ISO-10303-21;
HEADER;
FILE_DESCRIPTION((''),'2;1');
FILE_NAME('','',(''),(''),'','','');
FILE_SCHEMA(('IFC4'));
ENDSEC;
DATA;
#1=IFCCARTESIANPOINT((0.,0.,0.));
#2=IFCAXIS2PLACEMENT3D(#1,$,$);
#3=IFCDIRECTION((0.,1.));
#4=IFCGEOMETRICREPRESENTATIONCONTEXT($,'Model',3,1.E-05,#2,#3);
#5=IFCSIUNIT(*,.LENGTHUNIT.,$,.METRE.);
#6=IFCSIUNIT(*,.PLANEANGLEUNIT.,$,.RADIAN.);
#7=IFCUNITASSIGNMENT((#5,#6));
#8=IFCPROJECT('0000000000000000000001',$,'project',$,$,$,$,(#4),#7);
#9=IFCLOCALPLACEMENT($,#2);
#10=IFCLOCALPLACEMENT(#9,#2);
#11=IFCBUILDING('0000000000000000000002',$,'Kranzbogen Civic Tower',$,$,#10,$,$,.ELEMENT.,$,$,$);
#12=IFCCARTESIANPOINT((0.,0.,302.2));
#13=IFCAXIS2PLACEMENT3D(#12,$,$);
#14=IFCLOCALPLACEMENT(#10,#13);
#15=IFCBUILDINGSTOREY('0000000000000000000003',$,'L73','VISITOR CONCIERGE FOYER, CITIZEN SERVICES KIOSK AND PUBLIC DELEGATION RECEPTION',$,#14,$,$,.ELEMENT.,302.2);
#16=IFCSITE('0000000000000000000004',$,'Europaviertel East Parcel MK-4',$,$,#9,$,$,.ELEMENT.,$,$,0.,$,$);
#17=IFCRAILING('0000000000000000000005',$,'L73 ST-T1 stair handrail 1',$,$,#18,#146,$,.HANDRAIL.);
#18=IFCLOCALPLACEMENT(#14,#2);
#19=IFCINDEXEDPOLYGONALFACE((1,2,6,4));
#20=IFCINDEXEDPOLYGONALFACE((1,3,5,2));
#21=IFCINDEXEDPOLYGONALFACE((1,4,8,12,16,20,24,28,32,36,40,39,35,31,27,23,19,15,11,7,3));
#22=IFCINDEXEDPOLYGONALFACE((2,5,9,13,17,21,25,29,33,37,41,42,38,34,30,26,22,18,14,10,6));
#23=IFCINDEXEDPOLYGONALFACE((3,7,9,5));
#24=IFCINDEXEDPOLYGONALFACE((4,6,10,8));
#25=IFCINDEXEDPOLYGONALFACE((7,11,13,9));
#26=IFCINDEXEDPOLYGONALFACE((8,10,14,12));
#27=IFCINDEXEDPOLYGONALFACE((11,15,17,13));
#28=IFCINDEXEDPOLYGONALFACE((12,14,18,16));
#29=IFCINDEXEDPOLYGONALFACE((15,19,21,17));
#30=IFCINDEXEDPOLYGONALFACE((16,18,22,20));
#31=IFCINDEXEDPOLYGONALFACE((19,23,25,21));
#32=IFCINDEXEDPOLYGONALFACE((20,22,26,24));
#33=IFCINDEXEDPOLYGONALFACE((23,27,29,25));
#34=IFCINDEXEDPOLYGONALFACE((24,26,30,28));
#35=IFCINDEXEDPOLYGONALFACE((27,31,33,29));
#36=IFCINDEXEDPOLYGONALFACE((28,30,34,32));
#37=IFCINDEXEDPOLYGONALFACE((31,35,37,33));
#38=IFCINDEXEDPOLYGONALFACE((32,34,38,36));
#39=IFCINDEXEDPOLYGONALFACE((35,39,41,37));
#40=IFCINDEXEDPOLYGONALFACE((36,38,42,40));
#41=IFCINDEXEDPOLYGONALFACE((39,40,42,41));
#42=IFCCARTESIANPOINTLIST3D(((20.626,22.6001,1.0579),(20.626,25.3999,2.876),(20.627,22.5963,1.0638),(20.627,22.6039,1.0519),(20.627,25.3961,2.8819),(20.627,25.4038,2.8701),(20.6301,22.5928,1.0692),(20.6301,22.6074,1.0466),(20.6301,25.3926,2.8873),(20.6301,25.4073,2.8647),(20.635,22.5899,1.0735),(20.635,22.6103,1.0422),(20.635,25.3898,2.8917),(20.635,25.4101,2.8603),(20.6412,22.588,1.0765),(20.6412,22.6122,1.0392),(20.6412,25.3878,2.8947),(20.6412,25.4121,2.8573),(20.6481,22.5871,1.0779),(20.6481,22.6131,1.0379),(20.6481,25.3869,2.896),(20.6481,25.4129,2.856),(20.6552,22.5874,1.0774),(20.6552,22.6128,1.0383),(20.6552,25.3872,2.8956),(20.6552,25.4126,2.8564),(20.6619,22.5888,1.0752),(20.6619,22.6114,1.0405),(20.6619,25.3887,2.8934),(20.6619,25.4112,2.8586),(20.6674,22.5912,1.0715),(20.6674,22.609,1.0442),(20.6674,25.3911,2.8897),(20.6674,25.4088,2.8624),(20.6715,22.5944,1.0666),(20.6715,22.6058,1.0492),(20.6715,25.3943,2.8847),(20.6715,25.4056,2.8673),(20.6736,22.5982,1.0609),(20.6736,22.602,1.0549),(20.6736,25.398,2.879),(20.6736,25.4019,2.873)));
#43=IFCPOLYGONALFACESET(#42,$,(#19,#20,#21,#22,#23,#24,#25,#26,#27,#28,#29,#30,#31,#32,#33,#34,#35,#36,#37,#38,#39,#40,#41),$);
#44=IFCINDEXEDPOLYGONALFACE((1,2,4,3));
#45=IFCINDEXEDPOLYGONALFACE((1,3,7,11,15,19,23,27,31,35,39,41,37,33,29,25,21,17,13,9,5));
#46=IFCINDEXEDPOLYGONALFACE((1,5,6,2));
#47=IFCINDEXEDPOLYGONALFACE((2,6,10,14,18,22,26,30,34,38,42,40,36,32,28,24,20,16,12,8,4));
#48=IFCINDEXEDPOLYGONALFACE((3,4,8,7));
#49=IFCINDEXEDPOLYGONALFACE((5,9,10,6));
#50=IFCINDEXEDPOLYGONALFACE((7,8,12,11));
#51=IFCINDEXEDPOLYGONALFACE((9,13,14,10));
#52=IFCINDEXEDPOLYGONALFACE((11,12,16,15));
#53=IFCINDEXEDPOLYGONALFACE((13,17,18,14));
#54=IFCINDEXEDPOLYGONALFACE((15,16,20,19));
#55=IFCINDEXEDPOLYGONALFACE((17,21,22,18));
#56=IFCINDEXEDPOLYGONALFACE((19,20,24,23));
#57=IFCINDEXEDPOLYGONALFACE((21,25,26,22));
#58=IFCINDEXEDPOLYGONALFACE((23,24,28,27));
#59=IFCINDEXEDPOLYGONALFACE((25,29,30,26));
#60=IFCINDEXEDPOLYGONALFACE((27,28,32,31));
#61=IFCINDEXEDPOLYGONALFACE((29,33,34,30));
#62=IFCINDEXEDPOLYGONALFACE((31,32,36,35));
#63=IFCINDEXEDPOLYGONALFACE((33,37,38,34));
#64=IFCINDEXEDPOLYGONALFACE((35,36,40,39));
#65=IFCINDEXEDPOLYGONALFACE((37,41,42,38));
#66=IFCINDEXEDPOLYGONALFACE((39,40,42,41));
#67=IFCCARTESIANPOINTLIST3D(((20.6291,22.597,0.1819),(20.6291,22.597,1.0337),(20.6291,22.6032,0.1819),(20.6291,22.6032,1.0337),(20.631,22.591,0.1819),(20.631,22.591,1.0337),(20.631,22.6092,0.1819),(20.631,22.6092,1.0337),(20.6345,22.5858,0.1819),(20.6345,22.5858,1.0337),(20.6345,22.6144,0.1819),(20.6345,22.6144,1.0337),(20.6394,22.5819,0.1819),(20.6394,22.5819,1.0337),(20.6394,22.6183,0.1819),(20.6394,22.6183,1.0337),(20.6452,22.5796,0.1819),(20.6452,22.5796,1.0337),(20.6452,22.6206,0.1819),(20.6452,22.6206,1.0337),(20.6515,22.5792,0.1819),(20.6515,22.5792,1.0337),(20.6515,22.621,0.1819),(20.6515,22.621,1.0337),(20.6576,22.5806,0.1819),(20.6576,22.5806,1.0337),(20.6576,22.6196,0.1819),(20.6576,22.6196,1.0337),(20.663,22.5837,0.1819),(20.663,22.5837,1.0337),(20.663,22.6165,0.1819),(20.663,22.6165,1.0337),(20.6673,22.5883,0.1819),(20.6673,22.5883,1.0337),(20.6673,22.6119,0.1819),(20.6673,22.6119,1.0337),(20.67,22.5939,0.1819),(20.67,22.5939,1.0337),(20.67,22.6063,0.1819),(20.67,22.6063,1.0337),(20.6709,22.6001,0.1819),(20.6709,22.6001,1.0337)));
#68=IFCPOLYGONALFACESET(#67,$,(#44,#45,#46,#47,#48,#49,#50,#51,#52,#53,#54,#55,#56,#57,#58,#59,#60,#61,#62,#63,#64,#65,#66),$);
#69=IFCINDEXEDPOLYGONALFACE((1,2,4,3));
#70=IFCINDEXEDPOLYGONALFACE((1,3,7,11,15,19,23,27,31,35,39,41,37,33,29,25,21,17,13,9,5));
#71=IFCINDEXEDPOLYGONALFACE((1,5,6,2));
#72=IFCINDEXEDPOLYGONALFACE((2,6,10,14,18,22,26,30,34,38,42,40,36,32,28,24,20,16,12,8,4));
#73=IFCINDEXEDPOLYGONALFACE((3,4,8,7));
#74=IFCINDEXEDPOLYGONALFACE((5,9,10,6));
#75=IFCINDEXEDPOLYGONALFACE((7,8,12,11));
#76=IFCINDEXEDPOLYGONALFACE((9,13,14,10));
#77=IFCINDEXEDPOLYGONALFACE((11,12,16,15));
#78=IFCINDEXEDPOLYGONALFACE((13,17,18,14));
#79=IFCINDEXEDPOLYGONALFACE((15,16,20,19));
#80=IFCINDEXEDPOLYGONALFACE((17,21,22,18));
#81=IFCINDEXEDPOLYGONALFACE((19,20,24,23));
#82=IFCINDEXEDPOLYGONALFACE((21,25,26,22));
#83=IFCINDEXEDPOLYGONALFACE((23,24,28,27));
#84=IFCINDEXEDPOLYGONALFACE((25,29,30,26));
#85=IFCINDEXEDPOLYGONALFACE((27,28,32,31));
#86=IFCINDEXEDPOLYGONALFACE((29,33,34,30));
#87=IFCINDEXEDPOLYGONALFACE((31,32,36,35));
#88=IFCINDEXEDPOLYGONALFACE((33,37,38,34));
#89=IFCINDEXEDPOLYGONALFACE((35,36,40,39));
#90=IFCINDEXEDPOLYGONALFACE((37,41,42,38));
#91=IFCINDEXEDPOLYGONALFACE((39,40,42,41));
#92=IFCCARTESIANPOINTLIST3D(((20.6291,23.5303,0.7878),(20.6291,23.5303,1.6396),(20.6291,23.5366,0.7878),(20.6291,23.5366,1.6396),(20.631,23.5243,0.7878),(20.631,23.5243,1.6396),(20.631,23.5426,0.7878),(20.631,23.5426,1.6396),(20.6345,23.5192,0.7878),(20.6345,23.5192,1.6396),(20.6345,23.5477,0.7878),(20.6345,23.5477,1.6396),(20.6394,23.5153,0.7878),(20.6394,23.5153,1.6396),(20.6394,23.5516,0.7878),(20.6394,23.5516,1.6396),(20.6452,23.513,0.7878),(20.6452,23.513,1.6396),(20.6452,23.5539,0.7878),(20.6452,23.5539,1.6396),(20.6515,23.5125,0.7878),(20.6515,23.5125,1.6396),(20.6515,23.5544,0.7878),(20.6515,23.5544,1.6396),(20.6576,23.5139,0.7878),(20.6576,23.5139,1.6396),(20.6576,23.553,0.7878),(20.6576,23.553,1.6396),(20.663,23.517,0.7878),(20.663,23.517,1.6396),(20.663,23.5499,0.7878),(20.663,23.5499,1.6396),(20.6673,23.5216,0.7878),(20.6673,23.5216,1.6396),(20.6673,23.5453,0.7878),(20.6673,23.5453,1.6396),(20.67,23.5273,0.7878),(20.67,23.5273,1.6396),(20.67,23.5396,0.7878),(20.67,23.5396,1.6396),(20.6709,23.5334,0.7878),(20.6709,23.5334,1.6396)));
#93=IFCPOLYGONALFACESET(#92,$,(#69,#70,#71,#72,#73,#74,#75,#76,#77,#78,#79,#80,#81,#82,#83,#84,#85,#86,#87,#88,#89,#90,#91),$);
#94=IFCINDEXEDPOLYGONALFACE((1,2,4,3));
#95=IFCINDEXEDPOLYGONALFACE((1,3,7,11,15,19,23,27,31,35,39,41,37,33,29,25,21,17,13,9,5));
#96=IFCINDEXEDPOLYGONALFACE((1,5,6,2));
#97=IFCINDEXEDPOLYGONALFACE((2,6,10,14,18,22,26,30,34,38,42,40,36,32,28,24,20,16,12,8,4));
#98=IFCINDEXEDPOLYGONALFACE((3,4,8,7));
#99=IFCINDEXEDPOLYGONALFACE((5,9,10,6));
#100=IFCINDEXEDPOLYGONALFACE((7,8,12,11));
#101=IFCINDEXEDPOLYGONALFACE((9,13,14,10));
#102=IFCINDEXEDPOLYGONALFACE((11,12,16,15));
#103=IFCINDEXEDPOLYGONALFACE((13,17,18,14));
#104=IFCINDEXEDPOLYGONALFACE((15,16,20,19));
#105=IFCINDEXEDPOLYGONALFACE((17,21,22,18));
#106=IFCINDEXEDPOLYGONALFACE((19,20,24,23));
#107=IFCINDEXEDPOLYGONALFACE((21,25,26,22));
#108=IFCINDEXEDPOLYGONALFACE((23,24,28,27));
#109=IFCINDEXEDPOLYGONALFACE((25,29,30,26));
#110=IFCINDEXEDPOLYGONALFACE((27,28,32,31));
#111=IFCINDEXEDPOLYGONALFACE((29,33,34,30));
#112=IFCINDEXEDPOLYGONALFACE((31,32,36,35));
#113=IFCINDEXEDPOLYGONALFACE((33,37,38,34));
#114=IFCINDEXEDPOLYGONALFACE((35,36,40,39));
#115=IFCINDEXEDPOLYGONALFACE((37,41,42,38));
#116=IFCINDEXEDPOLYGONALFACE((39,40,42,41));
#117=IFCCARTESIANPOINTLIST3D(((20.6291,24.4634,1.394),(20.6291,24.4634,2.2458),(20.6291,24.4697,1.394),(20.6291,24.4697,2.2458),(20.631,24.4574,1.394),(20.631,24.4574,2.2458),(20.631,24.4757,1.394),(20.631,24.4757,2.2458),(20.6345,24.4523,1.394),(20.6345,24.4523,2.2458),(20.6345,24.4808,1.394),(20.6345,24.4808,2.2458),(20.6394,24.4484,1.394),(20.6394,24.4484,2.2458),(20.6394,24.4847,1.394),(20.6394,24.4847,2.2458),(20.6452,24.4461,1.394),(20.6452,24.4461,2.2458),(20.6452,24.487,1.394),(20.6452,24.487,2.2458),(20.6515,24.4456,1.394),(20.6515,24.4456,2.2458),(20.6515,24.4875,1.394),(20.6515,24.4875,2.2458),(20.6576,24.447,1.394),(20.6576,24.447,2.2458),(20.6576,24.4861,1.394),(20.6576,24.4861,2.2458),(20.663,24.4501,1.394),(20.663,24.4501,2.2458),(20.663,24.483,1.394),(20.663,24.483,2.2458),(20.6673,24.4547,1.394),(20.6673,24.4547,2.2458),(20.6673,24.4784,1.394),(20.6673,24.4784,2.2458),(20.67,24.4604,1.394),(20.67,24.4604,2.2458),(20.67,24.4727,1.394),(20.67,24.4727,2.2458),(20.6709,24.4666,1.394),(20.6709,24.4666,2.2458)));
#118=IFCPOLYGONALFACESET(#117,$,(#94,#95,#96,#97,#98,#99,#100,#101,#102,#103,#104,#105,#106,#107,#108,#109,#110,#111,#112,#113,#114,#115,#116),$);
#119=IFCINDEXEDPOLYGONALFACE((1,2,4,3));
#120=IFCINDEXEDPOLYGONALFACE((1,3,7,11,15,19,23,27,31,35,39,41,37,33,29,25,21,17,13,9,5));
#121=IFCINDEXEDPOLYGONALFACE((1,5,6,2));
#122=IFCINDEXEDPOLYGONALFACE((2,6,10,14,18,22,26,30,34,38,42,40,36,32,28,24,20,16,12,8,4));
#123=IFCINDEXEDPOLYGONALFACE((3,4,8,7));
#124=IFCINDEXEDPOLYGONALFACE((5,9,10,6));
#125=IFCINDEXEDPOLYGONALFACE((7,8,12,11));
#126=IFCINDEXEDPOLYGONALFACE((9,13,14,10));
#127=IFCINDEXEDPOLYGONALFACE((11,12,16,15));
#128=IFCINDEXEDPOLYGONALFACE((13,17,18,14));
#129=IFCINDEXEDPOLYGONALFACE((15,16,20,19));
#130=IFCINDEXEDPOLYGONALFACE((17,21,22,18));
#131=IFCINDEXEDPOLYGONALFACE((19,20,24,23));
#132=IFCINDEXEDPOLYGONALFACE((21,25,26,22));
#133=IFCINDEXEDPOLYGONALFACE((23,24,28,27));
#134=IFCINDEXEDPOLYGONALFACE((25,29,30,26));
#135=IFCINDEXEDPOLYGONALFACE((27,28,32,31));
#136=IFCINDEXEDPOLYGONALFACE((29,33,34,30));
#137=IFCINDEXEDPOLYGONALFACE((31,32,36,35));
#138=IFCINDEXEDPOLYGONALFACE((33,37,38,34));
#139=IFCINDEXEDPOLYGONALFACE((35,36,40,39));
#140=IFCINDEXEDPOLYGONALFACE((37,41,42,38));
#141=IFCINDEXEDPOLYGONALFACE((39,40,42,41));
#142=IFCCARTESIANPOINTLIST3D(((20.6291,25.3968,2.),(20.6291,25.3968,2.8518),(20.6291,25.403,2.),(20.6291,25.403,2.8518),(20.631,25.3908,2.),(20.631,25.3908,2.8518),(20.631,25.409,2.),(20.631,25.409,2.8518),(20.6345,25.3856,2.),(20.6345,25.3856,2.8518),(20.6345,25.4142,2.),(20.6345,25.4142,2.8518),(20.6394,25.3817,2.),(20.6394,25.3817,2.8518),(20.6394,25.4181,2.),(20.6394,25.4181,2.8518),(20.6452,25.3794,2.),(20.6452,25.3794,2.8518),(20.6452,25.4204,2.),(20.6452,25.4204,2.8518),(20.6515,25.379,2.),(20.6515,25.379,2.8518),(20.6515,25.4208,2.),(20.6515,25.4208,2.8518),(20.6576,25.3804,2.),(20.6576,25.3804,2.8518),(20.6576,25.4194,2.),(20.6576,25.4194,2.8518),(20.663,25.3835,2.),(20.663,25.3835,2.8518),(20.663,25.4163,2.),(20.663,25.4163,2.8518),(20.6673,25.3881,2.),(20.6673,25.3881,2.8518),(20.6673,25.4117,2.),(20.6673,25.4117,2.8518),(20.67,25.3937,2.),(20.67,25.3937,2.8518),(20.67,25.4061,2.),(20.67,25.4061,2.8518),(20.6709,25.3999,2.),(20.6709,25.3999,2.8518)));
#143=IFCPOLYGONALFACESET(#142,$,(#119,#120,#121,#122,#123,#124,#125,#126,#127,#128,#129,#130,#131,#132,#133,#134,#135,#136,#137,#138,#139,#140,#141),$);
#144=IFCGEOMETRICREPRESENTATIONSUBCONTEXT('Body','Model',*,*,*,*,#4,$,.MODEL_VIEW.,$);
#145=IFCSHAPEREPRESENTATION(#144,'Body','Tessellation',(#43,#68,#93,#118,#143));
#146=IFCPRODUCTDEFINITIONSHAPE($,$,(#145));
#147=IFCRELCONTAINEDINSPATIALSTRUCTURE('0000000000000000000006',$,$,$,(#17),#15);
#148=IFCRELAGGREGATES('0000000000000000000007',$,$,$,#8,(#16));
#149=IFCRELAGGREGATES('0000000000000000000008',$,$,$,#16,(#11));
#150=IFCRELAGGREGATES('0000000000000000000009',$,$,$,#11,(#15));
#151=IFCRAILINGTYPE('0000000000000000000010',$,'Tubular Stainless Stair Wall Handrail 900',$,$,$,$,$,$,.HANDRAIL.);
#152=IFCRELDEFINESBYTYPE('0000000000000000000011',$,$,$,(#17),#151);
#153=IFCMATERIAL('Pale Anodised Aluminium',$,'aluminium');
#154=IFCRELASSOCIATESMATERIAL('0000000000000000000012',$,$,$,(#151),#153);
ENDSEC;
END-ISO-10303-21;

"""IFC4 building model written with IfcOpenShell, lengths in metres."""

from ifc_helpers import new_model, si_unit, direction, frame, origin, origin_2d, place, context, subcontext, project, spatial, circle, extrude, material, type_object, element, save


model = new_model("IFC4")

# Units and contexts
model_context = context("Model", 3, precision=1e-05, world=origin(), true_north=direction((0.0, 1.0)))
body_context = subcontext(model_context, "Body", "Model", "MODEL_VIEW")
ifc_project = project(units=[si_unit("LENGTHUNIT", "METRE"), si_unit("PLANEANGLEUNIT", "RADIAN")], contexts=[model_context])

# Site, building, storey
site_placement = place(None, origin())
site = spatial("IfcSite", under=ifc_project, at=site_placement, Name="Europaviertel East Parcel MK-4", CompositionType="ELEMENT", RefElevation=0.0)
building_placement = place(site_placement, origin())
building = spatial("IfcBuilding", under=site, at=building_placement, Name="Kranzbogen Civic Tower", CompositionType="ELEMENT")
storey_placement = place(building_placement, frame((0.0, 0.0, 302.2)))
storey = spatial("IfcBuildingStorey", under=building, at=storey_placement, Name="L73", Description="VISITOR CONCIERGE FOYER, CITIZEN SERVICES KIOSK AND PUBLIC DELEGATION RECEPTION", CompositionType="ELEMENT", Elevation=302.2)

# Shared definitions
ifc_material_1 = material(Name="Pale Anodised Aluminium", Category="aluminium")

# Railing
railing_type_1 = type_object("IfcRailingType", Name="Tubular Stainless Stair Wall Handrail 900", PredefinedType="HANDRAIL", material=ifc_material_1)
railing_1_placement = place(storey_placement, frame((20.6499, 22.6001, 0.1819)))
element("IfcRailing", 1, at=railing_1_placement, inside=storey, type_object=railing_type_1, Name="L73 ST-T1 stair handrail 1", PredefinedType="HANDRAIL", context=body_context, shape_type="SweptSolid", body=[
    extrude(circle(Radius=0.0239, at=origin_2d()), frame((0.0, 0.0, 0.876), z_axis=(0.0, 0.838684, 0.544618), x_axis=(-1.0, 0.0, 0.0)), (0.0, 0.0, 1.0), 3.3384),
    extrude(circle(Radius=0.021, at=origin_2d()), origin(), (0.0, 0.0, 1.0), 0.8518),
    extrude(circle(Radius=0.021, at=origin_2d()), frame((0.0, 0.9333, 0.606)), (0.0, 0.0, 1.0), 0.8518),
    extrude(circle(Radius=0.021, at=origin_2d()), frame((0.0, 1.8665, 1.2122)), (0.0, 0.0, 1.0), 0.8518),
    extrude(circle(Radius=0.021, at=origin_2d()), frame((0.0, 2.7998, 1.8181)), (0.0, 0.0, 1.0), 0.8518),
])

save(model, "model.ifc")
